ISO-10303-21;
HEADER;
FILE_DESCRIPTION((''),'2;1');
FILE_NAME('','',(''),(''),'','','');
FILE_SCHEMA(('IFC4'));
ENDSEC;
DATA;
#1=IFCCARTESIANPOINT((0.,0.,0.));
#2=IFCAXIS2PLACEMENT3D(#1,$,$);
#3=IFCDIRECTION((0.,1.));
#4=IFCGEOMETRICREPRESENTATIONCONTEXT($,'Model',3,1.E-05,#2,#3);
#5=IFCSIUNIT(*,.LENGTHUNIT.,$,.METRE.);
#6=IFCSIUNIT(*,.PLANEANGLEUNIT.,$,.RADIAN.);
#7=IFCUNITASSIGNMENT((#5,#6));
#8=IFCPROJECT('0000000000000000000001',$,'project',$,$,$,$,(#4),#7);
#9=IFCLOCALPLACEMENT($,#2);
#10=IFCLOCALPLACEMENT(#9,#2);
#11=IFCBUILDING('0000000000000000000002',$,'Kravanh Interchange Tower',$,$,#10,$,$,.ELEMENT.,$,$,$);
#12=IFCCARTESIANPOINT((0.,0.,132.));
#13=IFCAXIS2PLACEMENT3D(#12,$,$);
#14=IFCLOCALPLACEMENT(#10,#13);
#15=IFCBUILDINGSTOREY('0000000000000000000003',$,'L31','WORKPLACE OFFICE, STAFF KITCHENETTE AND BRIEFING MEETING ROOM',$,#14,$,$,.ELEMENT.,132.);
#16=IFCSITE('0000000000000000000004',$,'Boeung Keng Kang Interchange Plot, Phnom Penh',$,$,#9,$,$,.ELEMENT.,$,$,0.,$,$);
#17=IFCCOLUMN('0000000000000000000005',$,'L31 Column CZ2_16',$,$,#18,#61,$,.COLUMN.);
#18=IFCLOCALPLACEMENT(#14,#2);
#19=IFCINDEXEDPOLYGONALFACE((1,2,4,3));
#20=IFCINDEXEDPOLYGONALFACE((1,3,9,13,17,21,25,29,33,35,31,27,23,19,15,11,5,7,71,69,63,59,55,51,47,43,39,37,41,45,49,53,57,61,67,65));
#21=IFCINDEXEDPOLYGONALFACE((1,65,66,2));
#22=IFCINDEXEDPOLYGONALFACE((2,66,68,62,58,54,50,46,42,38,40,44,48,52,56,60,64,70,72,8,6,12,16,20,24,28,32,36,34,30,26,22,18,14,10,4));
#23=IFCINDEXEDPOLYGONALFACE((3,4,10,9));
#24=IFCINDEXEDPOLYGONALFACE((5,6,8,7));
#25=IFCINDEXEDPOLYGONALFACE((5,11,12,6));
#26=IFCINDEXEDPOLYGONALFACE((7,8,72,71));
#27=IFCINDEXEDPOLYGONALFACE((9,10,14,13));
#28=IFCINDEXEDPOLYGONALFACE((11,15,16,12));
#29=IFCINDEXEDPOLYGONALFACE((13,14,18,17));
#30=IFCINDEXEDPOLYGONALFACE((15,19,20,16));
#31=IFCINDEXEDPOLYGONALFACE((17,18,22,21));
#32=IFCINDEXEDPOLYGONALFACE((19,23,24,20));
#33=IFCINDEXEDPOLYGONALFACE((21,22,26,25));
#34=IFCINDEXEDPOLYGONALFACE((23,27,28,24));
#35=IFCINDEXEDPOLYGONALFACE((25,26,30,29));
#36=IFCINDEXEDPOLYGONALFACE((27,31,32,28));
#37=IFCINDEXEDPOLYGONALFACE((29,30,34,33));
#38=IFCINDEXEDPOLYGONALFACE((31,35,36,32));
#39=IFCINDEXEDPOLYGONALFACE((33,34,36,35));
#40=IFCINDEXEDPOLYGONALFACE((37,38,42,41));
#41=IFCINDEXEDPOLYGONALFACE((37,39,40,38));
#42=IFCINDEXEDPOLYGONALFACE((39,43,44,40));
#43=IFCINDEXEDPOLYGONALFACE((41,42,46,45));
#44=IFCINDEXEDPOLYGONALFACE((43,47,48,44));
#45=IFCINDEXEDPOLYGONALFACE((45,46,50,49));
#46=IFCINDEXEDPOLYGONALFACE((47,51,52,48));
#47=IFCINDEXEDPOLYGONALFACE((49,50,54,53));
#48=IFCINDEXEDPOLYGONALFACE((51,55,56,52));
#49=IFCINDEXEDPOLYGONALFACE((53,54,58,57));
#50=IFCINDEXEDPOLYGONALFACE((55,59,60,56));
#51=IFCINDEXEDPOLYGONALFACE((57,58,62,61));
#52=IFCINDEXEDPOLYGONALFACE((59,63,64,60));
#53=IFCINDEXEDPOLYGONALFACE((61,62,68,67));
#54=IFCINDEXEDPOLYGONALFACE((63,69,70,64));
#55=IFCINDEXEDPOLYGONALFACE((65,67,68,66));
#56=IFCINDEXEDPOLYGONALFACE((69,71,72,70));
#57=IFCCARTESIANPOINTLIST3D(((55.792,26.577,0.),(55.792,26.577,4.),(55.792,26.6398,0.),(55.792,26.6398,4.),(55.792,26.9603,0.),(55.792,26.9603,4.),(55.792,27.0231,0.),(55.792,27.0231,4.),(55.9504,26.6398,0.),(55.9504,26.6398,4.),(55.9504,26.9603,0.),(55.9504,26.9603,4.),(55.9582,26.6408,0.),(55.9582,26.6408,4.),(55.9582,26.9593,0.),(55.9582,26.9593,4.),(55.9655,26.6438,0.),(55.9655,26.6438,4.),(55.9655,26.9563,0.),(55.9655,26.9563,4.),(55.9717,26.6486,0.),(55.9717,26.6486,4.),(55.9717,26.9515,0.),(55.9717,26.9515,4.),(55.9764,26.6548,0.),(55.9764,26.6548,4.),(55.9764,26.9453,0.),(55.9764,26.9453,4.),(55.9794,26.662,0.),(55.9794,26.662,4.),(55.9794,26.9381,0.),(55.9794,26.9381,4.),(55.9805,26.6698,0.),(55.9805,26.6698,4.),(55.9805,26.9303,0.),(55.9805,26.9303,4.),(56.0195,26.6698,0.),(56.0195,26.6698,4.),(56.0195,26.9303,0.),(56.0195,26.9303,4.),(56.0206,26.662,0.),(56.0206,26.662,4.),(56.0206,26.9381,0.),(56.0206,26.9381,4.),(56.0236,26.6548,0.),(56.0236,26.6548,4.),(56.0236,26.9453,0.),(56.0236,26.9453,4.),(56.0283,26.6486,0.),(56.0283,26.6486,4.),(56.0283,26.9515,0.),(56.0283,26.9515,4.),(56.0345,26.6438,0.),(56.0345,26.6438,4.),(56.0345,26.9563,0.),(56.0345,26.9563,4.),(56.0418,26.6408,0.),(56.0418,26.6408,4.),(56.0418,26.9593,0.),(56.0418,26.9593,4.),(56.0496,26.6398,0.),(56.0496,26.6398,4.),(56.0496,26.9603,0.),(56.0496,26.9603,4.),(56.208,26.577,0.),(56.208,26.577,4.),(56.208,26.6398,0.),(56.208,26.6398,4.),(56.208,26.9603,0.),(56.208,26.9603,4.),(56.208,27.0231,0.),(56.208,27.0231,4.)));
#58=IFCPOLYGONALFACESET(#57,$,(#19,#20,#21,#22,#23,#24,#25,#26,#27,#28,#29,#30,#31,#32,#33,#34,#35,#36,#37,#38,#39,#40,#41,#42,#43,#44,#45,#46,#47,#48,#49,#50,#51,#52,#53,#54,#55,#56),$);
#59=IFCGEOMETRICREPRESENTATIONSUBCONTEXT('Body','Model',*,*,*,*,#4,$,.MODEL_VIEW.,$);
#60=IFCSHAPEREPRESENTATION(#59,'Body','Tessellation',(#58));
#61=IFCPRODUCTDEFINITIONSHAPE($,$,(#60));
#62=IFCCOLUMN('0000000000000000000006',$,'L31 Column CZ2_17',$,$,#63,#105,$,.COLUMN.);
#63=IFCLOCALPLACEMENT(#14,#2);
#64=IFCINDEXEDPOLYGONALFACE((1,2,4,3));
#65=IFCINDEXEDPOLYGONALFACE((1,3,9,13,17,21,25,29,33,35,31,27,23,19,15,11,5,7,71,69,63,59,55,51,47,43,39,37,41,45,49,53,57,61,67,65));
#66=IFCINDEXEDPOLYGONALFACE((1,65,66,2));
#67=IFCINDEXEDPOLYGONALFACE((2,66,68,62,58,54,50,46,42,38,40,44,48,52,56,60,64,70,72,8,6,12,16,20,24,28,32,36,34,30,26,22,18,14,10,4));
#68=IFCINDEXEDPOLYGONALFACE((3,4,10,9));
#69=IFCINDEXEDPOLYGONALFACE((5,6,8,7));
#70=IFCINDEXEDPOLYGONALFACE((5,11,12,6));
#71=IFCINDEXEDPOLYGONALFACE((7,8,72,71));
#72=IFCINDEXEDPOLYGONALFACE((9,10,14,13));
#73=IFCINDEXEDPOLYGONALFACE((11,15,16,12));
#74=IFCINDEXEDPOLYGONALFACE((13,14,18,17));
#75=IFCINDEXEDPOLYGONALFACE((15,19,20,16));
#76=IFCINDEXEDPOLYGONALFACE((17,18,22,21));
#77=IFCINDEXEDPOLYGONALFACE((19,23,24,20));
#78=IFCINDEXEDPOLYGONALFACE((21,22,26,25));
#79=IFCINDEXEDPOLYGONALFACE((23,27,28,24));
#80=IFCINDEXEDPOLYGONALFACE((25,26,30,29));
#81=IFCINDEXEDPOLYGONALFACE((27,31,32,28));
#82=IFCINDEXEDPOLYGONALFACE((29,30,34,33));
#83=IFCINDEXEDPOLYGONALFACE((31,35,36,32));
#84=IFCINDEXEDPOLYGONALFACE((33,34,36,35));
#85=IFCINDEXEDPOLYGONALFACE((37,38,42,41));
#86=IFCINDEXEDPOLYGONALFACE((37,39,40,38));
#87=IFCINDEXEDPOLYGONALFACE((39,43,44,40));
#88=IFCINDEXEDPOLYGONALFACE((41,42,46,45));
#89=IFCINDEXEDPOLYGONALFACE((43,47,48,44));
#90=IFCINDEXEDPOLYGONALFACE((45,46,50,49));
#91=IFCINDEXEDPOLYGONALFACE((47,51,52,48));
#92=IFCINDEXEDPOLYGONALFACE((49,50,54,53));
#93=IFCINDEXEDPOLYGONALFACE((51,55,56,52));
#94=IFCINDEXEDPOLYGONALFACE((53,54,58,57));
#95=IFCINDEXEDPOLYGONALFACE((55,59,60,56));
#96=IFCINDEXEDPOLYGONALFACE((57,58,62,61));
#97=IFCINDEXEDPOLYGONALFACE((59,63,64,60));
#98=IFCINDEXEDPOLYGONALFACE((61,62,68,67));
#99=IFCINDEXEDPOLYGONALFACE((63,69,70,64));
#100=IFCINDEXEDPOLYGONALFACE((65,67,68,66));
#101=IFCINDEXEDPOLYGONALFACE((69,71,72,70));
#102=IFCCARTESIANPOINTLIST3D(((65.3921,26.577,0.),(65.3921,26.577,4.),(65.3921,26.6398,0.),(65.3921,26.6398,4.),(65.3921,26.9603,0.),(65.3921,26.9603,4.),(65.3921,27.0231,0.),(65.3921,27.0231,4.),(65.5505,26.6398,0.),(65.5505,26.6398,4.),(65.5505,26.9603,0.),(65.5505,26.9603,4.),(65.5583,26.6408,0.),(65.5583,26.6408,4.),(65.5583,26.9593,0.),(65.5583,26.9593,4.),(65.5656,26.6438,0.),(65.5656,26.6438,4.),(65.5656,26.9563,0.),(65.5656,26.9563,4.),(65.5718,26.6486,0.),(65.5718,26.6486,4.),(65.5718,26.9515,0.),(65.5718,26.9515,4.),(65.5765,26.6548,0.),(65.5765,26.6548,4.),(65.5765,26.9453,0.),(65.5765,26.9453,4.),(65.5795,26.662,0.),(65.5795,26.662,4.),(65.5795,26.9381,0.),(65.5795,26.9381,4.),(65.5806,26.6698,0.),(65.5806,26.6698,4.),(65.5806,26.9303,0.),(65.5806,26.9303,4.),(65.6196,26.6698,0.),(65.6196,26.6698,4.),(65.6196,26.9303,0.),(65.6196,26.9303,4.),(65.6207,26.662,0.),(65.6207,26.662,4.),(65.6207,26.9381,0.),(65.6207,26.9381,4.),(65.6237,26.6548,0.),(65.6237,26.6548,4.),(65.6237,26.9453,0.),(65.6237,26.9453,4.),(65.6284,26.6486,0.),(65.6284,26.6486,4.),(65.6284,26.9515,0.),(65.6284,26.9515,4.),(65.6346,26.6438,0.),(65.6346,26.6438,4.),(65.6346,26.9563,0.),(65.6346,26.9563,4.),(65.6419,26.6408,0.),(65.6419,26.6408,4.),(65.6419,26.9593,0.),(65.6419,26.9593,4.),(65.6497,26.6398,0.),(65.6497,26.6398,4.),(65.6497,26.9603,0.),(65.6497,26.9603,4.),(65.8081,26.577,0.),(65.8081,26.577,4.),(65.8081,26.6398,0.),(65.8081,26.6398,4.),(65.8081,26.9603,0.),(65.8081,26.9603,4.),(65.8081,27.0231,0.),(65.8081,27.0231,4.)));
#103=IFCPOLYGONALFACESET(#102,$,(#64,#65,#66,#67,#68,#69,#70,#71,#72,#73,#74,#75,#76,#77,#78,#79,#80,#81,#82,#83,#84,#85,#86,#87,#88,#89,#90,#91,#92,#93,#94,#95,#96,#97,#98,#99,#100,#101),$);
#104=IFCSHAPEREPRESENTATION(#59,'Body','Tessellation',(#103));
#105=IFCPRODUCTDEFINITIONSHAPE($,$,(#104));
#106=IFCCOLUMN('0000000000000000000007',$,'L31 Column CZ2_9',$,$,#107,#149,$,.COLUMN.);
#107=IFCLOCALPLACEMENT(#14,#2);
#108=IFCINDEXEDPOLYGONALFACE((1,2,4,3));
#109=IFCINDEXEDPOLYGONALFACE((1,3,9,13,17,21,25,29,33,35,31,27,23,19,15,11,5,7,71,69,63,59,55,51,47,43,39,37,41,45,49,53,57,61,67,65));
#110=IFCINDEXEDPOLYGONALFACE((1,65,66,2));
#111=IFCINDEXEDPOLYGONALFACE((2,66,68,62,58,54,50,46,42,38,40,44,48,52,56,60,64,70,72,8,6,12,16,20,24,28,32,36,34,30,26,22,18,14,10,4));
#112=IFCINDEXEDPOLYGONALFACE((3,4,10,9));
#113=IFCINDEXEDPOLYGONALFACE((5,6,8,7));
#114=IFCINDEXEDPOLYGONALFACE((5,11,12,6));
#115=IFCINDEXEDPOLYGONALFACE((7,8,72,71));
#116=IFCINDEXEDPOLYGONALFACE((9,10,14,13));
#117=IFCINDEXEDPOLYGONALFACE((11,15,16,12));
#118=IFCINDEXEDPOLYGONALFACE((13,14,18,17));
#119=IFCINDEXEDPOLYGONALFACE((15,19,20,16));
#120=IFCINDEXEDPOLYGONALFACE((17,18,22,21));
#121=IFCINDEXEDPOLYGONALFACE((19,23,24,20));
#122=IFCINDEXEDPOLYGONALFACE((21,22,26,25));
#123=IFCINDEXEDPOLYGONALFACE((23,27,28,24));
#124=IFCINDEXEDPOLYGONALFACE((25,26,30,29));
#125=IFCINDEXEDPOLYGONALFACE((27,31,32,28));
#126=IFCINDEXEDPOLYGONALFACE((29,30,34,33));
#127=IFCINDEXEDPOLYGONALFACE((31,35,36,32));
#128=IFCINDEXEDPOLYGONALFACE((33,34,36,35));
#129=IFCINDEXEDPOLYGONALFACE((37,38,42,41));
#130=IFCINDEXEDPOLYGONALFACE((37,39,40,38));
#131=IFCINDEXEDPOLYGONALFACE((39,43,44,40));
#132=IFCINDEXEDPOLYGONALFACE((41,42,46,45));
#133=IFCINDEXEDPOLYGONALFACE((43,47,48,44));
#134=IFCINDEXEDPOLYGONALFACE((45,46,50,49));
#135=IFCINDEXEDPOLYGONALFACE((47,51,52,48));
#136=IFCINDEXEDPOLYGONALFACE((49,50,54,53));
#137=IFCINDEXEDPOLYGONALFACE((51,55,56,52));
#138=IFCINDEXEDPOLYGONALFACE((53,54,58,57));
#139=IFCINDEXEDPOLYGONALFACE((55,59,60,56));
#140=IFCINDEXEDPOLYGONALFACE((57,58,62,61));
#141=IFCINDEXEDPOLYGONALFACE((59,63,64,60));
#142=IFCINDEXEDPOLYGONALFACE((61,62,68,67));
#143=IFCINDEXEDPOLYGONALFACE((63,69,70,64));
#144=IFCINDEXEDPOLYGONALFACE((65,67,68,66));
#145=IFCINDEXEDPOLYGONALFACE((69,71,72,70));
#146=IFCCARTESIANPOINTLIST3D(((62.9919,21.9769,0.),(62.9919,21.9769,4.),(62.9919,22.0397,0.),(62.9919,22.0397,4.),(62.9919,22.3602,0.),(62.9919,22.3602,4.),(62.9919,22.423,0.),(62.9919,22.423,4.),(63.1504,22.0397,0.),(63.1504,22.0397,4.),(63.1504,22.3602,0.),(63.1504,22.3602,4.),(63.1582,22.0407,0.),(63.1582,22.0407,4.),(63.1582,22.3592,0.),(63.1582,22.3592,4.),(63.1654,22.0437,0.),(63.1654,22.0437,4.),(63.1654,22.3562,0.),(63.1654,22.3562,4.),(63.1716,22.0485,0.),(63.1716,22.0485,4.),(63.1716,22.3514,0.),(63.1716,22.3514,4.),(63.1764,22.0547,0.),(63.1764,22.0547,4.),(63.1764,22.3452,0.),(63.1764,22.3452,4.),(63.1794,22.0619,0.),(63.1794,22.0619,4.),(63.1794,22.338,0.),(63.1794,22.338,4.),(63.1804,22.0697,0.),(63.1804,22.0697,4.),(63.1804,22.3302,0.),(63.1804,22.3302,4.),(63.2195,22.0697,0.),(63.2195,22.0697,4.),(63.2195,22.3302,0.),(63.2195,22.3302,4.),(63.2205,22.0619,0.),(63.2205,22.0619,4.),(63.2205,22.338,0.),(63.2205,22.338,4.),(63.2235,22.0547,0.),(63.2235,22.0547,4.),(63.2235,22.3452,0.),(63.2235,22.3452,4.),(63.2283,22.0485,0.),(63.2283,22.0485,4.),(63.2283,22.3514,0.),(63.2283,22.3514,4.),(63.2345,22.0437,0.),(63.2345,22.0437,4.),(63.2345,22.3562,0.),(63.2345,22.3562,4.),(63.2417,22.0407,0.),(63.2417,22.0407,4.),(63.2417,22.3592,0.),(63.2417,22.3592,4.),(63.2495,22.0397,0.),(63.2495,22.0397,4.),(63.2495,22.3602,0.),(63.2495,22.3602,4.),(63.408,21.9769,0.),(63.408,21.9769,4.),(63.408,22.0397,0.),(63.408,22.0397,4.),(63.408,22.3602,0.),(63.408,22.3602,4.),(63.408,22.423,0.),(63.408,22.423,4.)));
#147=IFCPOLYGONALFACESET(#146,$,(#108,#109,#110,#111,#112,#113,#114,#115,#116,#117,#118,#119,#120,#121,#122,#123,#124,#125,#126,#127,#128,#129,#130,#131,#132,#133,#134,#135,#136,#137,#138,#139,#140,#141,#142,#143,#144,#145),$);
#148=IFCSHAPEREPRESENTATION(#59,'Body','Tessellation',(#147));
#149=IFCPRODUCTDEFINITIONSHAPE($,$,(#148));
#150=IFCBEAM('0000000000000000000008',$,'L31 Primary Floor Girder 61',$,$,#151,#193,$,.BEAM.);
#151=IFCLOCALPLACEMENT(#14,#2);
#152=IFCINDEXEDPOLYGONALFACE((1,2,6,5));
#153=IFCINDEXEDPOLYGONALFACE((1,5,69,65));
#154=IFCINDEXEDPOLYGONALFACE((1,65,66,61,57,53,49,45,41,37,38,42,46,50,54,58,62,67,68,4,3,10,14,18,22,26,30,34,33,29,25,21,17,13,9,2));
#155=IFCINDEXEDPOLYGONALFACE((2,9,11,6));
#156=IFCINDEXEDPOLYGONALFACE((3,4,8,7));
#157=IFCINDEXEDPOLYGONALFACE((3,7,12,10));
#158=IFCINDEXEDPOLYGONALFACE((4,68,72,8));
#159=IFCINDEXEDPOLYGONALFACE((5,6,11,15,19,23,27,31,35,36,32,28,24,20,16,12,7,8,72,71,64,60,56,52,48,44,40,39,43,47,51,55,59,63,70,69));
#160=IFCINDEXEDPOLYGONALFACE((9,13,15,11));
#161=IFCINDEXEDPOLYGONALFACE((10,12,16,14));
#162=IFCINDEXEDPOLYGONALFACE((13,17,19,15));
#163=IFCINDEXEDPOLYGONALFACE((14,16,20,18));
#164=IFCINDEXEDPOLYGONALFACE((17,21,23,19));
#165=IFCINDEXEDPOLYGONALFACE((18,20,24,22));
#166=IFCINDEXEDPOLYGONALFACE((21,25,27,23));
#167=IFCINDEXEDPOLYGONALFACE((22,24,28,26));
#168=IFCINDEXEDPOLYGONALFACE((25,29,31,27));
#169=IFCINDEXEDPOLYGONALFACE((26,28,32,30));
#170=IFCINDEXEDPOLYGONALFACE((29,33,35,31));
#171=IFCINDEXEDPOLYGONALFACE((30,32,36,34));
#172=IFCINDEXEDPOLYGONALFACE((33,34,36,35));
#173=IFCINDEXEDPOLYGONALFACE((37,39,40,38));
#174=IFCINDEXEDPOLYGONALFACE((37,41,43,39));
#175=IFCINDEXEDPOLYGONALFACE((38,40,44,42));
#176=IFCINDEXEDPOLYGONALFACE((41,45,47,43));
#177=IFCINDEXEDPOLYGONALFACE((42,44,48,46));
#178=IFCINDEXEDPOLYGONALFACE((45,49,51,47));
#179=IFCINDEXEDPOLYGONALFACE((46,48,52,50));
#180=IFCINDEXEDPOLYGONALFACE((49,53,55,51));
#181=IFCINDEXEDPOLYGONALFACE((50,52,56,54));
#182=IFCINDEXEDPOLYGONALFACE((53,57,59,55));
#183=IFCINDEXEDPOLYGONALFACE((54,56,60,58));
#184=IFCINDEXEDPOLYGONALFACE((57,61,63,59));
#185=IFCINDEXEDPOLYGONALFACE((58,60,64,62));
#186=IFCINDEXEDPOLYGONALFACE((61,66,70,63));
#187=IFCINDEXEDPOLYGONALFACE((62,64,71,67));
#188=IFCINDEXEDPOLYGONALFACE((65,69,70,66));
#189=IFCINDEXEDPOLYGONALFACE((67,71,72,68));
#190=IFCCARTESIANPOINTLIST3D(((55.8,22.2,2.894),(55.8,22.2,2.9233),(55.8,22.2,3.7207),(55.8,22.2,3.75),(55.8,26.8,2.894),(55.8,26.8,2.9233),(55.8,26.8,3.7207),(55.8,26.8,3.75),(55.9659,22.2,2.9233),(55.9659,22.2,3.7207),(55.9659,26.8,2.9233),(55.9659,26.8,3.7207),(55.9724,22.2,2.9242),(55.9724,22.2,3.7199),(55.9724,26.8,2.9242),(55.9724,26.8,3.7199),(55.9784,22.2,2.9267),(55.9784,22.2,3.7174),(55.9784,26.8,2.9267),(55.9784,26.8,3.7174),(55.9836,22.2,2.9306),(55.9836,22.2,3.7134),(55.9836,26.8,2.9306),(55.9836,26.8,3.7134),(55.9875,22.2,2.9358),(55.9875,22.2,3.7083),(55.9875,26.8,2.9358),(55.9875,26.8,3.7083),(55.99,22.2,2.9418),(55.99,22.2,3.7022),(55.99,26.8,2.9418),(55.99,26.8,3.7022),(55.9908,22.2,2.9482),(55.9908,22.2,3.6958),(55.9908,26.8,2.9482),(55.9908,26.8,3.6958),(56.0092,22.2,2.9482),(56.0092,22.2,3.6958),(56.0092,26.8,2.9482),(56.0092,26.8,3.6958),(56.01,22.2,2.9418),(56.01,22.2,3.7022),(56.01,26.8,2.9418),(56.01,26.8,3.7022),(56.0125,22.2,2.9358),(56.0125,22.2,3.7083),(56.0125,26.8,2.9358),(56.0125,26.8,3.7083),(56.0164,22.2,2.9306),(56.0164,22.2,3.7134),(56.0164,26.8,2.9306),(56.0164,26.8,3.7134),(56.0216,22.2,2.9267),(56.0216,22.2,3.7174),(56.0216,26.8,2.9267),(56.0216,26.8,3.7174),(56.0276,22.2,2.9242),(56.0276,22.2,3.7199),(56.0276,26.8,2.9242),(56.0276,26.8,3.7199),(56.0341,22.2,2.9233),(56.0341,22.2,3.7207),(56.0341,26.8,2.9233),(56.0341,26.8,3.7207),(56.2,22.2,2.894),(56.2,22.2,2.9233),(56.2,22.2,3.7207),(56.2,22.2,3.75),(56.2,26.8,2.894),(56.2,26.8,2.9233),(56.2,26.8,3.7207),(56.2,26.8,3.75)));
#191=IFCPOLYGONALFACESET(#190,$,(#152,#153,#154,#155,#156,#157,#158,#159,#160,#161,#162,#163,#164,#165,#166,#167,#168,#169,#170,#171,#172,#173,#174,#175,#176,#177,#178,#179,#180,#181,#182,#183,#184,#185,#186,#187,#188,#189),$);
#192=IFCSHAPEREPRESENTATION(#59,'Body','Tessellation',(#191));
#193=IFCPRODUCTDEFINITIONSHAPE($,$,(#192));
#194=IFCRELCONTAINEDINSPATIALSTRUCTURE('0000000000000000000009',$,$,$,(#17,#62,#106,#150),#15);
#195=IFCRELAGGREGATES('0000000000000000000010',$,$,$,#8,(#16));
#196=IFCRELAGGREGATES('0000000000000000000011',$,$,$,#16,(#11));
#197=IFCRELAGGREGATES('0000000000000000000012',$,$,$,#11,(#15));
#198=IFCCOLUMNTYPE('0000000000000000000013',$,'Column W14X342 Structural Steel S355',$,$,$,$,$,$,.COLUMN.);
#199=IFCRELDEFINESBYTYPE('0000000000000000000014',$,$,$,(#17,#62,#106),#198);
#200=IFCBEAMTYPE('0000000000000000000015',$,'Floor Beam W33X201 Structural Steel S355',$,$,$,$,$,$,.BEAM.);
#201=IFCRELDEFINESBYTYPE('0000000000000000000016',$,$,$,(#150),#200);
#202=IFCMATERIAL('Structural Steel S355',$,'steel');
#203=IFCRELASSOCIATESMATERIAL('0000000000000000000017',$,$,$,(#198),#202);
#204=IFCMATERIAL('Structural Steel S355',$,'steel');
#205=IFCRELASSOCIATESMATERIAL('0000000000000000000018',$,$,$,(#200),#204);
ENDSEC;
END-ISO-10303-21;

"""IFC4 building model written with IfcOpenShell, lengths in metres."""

from ifc_helpers import new_model, si_unit, direction, frame, origin, origin_2d, place, context, subcontext, project, spatial, i_section, extrude, material, material_profile, profile_set, type_object, element, save


model = new_model("IFC4")

# Units and contexts
model_context = context("Model", 3, precision=1e-05, world=origin(), true_north=direction((0.0, 1.0)))
body_context = subcontext(model_context, "Body", "Model", "MODEL_VIEW")
ifc_project = project(units=[si_unit("LENGTHUNIT", "METRE"), si_unit("PLANEANGLEUNIT", "RADIAN")], contexts=[model_context])

# Site, building, storey
site_placement = place(None, origin())
site = spatial("IfcSite", under=ifc_project, at=site_placement, Name="Boeung Keng Kang Interchange Plot, Phnom Penh", CompositionType="ELEMENT", RefElevation=0.0)
building_placement = place(site_placement, origin())
building = spatial("IfcBuilding", under=site, at=building_placement, Name="Kravanh Interchange Tower", CompositionType="ELEMENT")
storey_placement = place(building_placement, frame((0.0, 0.0, 132.0)))
storey = spatial("IfcBuildingStorey", under=building, at=storey_placement, Name="L31", Description="WORKPLACE OFFICE, STAFF KITCHENETTE AND BRIEFING MEETING ROOM", CompositionType="ELEMENT", Elevation=132.0)

# Columns
ifc_material_1 = material(Name="Structural Steel S355", Category="steel")
ifc_material_profile_1 = material_profile(ifc_material_1, i_section(OverallWidth=0.416, OverallDepth=0.446, WebThickness=0.0391, FlangeThickness=0.0627, FilletRadius=0.03, at=origin_2d()), Name="W14X342")
ifc_profile_set_1 = profile_set([ifc_material_profile_1], Name="Structural Steel S355")
column_type = type_object("IfcColumnType", Name="Column W14X342 Structural Steel S355", PredefinedType="COLUMN", material=ifc_profile_set_1)
for number, where, z_axis, x_axis, name in (
    (1, (56.0, 26.8, 0.0), (0.0, 0.0, 1.0), (1.0, 0.0, 0.0), "L31 Column CZ2_16"),
    (2, (65.6001, 26.8, 0.0), (0.0, 0.0, 1.0), (1.0, 0.0, 0.0), "L31 Column CZ2_17"),
    (3, (63.2, 22.2, 0.0), (0.0, 0.0, 1.0), (1.0, 0.0, 0.0), "L31 Column CZ2_9"),
):
    element("IfcColumn", number, at=place(storey_placement, frame(where, z_axis=z_axis, x_axis=x_axis)), inside=storey, type_object=column_type, Name=name, PredefinedType="COLUMN", context=body_context, shape_type="SweptSolid", body=[
        extrude(i_section(OverallWidth=0.416, OverallDepth=0.446, WebThickness=0.0391, FlangeThickness=0.0627, FilletRadius=0.03, at=origin_2d()), origin(), (0.0, 0.0, 1.0), 4.0),
    ])

# Beam
ifc_material_2 = material(Name="Structural Steel S355", Category="steel")
ifc_material_profile_2 = material_profile(ifc_material_2, i_section(OverallWidth=0.3999, OverallDepth=0.856, WebThickness=0.0183, FlangeThickness=0.0293, FilletRadius=0.0249, at=origin_2d()), Name="W33X201")
ifc_profile_set_2 = profile_set([ifc_material_profile_2], Name="Structural Steel S355")
beam_type_1 = type_object("IfcBeamType", Name="Floor Beam W33X201 Structural Steel S355", PredefinedType="BEAM", material=ifc_profile_set_2)
beam_1_placement = place(storey_placement, frame((56.0, 26.8, 3.322), z_axis=(0.0, -1.0, 0.0), x_axis=(1.0, 0.0, 0.0)))
element("IfcBeam", 4, at=beam_1_placement, inside=storey, type_object=beam_type_1, Name="L31 Primary Floor Girder 61", PredefinedType="BEAM", context=body_context, shape_type="SweptSolid", body=[
    extrude(i_section(OverallWidth=0.3999, OverallDepth=0.856, WebThickness=0.0183, FlangeThickness=0.0293, FilletRadius=0.0249, at=origin_2d()), origin(), (0.0, 0.0, 1.0), 4.6001),
])

save(model, "model.ifc")
